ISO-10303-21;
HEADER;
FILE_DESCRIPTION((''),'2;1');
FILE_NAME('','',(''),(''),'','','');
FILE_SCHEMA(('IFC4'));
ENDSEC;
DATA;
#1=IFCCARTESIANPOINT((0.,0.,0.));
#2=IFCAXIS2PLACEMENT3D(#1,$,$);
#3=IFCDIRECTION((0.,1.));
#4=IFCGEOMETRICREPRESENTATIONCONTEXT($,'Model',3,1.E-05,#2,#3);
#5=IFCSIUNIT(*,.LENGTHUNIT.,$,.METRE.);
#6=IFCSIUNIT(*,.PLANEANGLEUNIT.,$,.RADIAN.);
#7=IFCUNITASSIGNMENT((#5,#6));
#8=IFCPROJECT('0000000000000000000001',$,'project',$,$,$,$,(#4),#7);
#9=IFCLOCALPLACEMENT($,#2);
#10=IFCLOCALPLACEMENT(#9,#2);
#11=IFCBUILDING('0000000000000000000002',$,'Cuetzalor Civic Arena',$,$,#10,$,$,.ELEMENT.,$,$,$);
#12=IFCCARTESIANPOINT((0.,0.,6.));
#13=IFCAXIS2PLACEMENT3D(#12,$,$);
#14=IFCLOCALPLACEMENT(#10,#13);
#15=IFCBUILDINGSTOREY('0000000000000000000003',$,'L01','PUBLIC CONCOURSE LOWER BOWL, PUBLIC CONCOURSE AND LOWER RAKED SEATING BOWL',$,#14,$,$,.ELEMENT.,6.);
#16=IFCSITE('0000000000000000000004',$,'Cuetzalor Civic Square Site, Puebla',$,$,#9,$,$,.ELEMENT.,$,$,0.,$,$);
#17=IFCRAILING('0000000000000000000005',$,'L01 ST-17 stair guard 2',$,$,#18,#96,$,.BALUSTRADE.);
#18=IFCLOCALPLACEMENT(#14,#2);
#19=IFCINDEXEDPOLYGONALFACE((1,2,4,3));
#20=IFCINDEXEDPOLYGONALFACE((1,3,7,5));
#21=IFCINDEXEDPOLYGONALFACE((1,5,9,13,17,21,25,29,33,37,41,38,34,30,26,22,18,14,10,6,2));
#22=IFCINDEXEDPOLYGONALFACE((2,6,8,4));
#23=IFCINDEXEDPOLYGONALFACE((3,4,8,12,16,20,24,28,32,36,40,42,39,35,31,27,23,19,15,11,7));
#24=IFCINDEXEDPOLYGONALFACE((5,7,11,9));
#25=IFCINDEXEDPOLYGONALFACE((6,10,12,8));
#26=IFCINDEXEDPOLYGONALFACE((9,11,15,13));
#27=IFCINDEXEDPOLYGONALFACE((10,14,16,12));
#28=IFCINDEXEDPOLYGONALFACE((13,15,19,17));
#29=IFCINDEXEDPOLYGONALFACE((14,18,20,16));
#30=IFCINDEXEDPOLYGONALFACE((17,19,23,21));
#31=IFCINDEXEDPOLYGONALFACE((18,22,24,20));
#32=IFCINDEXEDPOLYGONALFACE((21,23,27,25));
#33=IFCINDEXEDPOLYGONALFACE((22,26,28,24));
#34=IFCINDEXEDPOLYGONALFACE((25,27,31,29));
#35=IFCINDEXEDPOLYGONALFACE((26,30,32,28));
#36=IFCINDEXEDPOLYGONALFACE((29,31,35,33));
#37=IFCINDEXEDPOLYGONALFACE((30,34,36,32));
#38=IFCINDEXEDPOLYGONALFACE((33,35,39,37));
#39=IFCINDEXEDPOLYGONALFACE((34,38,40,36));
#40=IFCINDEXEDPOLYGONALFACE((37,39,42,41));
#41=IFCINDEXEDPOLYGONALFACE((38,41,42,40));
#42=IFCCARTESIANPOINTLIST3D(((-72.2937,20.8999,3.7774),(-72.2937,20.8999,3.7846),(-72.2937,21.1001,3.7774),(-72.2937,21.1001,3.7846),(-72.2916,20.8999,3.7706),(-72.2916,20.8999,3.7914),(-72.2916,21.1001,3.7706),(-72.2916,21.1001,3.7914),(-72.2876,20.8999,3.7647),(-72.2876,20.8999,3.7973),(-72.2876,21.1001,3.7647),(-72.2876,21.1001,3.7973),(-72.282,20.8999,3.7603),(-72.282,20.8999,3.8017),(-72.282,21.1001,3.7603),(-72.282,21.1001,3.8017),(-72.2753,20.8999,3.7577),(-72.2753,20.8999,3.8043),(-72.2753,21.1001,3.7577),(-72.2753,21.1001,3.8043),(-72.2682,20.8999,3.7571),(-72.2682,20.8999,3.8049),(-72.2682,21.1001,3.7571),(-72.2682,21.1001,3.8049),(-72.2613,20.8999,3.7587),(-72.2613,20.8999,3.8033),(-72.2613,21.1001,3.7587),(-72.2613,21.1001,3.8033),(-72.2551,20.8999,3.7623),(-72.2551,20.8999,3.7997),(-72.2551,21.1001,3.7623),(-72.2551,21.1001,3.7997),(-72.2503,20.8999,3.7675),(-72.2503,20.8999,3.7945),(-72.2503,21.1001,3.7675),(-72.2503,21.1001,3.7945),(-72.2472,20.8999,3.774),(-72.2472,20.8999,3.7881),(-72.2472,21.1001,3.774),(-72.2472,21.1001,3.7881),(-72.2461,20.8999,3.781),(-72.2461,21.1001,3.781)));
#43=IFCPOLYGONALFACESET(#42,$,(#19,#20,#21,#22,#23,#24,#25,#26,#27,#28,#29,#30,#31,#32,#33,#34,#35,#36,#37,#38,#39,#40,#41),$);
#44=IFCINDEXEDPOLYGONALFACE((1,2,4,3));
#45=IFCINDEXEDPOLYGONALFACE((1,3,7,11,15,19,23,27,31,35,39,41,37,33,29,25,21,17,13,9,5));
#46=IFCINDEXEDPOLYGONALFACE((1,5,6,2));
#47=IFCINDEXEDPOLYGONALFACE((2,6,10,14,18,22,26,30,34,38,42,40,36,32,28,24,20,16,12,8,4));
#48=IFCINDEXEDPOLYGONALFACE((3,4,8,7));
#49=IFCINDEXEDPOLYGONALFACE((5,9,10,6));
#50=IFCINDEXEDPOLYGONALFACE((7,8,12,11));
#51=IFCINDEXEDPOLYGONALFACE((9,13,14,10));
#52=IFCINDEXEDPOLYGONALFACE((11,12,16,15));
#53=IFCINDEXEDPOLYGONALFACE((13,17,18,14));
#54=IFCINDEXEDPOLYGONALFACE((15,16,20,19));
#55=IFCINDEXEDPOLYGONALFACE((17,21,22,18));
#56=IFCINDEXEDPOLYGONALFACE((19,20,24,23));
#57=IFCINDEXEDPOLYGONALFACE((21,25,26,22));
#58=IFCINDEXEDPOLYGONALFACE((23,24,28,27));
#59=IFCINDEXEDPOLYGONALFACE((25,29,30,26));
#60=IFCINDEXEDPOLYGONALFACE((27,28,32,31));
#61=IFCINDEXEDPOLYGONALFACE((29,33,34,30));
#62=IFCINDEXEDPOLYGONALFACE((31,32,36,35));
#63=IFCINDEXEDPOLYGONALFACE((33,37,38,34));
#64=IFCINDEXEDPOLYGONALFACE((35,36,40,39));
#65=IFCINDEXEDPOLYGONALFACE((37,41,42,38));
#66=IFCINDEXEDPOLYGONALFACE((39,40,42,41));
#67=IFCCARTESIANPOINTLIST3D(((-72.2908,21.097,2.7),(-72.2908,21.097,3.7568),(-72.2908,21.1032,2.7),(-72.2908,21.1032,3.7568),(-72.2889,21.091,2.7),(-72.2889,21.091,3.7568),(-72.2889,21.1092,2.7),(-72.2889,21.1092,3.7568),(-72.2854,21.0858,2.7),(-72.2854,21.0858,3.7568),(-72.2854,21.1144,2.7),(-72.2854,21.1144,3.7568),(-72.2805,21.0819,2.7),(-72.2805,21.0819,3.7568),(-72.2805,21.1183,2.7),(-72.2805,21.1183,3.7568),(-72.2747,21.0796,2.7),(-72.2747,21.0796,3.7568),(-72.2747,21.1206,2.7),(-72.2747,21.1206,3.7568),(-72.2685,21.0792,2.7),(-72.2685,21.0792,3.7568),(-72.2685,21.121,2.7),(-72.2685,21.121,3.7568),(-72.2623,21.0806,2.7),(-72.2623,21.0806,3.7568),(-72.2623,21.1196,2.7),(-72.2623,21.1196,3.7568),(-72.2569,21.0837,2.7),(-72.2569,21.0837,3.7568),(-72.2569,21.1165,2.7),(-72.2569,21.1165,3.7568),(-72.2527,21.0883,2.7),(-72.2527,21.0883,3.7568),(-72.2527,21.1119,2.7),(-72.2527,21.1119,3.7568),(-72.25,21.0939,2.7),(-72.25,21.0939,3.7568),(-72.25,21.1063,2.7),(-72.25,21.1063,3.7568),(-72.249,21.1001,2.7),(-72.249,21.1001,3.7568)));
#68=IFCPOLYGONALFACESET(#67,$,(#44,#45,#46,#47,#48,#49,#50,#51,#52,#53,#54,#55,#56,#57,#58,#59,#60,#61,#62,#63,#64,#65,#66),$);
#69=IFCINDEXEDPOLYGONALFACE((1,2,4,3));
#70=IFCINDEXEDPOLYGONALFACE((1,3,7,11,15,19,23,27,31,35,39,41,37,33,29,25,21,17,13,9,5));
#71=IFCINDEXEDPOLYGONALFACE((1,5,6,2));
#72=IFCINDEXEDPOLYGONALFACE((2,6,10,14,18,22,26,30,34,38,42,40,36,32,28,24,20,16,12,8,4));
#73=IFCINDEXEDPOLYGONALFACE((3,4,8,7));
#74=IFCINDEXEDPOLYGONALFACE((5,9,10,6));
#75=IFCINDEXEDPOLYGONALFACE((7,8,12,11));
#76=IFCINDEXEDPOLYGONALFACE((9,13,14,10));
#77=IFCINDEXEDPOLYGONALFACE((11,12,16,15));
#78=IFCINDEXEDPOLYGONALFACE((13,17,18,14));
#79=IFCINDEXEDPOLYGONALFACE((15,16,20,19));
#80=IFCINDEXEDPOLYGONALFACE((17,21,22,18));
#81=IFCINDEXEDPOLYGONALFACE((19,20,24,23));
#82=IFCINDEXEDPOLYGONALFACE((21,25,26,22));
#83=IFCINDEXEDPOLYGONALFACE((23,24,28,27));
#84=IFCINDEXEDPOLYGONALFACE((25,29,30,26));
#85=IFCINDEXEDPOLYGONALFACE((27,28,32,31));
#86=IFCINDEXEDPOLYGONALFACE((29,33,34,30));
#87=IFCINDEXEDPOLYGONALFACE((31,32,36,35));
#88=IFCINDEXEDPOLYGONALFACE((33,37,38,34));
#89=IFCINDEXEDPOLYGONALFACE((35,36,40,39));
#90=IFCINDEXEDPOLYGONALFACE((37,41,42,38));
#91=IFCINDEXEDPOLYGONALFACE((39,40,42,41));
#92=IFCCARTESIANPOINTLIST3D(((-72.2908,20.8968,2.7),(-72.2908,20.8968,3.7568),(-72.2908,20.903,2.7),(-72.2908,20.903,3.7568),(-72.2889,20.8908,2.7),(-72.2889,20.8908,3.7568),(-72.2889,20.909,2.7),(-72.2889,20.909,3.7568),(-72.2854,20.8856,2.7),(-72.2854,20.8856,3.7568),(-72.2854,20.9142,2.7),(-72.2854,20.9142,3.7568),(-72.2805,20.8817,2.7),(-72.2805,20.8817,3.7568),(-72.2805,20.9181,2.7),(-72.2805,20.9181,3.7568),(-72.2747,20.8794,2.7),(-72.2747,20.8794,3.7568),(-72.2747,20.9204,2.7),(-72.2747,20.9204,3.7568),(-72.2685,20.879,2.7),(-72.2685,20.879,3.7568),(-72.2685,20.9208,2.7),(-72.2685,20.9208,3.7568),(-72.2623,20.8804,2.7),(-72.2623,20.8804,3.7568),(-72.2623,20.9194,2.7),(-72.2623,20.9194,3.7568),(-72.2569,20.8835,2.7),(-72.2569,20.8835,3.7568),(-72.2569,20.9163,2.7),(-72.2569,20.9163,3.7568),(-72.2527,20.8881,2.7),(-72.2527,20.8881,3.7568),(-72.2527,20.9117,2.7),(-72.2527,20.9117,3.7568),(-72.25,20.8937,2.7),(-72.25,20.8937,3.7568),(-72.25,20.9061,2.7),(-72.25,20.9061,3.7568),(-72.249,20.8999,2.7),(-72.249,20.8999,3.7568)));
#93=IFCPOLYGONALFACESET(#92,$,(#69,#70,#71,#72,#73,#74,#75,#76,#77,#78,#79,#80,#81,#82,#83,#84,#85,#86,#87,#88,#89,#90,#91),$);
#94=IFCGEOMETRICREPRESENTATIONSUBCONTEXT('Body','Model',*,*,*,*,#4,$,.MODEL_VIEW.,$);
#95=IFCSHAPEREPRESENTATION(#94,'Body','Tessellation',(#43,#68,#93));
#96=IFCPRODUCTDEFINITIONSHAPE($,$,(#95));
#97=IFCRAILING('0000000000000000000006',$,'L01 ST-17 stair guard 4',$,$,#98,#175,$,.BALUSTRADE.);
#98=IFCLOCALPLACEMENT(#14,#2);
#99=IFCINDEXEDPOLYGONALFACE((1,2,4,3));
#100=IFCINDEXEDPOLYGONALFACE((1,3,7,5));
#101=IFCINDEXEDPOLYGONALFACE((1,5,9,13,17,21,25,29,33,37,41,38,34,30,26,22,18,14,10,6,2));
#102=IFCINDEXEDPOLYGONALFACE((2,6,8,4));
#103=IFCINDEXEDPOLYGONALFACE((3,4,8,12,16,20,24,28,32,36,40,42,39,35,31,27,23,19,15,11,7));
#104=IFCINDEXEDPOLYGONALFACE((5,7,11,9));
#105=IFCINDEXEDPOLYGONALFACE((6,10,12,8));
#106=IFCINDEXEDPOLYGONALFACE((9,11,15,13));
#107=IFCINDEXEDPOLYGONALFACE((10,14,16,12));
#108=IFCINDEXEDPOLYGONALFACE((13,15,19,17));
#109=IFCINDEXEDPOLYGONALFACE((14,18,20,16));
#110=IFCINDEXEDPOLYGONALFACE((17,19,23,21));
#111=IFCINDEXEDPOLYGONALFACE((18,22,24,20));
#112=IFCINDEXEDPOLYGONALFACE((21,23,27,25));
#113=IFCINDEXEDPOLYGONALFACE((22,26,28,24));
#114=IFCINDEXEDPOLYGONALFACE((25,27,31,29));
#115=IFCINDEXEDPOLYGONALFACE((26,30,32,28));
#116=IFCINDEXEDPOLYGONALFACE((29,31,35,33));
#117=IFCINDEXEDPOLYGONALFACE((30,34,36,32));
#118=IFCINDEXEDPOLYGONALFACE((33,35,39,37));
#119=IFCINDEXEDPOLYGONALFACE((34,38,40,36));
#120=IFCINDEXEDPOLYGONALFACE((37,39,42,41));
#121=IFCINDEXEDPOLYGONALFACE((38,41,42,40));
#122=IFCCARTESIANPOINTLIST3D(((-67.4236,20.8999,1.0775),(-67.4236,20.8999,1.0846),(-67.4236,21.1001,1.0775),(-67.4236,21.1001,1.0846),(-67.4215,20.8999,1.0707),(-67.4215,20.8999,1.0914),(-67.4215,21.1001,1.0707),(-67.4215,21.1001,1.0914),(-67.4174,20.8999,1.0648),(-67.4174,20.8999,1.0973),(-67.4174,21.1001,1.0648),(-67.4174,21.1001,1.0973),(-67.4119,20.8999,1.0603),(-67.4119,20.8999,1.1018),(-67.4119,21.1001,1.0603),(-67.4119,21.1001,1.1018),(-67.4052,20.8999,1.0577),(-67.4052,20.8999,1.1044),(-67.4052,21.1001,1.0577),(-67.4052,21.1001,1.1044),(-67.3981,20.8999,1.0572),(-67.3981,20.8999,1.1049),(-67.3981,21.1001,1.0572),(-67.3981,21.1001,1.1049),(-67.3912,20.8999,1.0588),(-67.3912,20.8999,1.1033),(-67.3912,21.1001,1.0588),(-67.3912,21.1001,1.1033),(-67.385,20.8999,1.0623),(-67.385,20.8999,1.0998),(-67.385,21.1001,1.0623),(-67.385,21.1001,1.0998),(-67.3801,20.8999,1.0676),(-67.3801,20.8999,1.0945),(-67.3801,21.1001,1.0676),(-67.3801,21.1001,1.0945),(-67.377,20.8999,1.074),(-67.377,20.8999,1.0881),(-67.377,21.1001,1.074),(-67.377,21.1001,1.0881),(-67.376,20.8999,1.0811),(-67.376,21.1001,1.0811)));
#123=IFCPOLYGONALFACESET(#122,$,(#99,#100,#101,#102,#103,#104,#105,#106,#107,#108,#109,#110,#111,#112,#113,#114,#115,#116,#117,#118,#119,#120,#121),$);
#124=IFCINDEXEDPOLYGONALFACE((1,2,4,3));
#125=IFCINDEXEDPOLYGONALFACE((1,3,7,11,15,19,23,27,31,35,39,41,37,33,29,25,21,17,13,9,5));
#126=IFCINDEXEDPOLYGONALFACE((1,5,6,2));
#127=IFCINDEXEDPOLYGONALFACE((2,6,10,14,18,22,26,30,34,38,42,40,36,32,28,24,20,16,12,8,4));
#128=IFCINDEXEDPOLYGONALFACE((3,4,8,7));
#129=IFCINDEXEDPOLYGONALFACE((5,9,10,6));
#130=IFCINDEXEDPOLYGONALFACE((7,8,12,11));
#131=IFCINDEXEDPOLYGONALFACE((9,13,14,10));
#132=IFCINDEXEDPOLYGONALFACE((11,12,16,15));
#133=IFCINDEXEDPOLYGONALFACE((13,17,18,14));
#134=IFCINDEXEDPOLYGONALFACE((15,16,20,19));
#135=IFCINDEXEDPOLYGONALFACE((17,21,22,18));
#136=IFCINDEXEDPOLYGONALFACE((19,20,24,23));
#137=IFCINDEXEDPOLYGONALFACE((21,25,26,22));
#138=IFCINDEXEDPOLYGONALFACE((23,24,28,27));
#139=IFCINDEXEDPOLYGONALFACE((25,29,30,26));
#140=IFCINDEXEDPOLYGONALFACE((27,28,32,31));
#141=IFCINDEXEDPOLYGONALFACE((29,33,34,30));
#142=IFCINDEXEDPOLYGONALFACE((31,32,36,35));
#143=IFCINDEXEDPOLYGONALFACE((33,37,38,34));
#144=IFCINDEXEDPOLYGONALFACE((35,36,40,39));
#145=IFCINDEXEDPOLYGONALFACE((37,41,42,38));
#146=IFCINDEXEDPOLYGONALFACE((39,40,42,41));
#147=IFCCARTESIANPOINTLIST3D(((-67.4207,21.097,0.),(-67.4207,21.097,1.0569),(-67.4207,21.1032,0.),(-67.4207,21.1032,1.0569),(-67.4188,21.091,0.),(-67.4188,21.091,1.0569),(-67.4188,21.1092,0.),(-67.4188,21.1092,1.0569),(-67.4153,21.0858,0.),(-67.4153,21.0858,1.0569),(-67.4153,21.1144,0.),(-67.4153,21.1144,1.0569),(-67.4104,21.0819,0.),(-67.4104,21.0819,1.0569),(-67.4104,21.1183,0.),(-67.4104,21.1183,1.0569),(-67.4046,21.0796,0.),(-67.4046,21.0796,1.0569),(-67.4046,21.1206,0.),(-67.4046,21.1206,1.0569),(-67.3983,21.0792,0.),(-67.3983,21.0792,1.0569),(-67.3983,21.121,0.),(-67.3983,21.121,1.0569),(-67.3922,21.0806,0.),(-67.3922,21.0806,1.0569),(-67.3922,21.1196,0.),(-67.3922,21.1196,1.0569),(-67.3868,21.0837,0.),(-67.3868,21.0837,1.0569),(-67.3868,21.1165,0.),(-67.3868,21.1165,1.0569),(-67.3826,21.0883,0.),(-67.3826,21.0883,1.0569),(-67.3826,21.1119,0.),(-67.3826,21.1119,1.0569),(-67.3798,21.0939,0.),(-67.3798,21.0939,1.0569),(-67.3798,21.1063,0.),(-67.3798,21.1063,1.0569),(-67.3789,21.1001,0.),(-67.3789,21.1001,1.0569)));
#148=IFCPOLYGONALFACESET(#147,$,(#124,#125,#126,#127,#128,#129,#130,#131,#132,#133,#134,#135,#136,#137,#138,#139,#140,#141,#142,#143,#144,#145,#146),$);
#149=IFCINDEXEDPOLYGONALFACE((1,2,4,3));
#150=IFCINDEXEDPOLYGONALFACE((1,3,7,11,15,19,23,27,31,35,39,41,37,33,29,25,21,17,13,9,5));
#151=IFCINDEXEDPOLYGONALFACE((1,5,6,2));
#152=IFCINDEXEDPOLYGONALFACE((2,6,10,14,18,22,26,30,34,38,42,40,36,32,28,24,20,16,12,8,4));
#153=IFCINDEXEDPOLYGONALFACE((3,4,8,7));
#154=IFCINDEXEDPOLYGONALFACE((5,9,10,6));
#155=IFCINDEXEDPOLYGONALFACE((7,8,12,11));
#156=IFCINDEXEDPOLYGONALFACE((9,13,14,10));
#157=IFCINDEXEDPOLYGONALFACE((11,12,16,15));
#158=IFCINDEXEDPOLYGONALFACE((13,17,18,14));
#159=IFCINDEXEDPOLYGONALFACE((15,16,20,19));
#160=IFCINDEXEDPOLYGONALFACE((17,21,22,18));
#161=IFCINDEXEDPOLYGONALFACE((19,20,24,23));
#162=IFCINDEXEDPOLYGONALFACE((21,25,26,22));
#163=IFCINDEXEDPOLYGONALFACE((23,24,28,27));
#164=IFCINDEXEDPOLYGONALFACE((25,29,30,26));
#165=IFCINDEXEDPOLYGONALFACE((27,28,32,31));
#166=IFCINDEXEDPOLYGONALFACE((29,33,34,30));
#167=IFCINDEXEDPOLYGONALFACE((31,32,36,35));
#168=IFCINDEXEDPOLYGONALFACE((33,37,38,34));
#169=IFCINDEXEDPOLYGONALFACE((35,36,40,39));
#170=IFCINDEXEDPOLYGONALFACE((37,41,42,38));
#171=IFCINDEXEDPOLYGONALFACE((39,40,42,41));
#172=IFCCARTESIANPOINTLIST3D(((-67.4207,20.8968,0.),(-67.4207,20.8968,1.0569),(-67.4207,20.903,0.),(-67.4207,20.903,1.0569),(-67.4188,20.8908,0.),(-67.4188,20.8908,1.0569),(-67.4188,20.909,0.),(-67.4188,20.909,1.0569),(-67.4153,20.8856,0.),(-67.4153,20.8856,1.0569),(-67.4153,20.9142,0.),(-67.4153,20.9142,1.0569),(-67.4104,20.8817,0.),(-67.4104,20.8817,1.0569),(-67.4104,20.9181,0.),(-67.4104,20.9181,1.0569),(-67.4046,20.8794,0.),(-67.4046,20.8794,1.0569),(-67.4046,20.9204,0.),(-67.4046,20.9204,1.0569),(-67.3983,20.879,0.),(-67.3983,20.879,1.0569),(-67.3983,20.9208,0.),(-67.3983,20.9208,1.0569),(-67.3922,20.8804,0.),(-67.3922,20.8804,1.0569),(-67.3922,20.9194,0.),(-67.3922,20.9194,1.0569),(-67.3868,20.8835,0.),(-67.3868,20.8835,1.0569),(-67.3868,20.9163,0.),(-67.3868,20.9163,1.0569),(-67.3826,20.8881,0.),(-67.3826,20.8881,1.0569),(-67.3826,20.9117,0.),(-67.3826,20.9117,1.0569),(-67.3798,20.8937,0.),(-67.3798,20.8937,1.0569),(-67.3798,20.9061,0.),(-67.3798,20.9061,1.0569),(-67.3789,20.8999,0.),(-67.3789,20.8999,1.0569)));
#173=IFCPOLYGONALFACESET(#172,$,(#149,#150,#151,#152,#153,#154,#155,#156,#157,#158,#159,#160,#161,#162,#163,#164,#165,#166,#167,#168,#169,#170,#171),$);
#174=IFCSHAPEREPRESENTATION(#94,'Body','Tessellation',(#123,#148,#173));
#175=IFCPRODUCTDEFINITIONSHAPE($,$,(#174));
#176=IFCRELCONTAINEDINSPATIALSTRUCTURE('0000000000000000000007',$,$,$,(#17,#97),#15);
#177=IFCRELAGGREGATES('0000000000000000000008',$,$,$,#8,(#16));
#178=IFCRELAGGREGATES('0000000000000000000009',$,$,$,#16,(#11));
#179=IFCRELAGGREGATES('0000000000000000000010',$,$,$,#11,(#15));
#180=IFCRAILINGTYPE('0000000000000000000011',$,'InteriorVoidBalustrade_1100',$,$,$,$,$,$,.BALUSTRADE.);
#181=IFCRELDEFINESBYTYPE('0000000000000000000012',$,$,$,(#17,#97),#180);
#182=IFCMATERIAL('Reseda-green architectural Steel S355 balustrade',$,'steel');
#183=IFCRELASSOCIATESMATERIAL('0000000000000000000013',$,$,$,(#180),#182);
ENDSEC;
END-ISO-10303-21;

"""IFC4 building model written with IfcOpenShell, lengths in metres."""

from ifc_helpers import new_model, si_unit, direction, frame, origin, origin_2d, place, context, subcontext, project, spatial, circle, extrude, material, type_object, element, save


model = new_model("IFC4")

# Units and contexts
model_context = context("Model", 3, precision=1e-05, world=origin(), true_north=direction((0.0, 1.0)))
body_context = subcontext(model_context, "Body", "Model", "MODEL_VIEW")
ifc_project = project(units=[si_unit("LENGTHUNIT", "METRE"), si_unit("PLANEANGLEUNIT", "RADIAN")], contexts=[model_context])

# Site, building, storey
site_placement = place(None, origin())
site = spatial("IfcSite", under=ifc_project, at=site_placement, Name="Cuetzalor Civic Square Site, Puebla", CompositionType="ELEMENT", RefElevation=0.0)
building_placement = place(site_placement, origin())
building = spatial("IfcBuilding", under=site, at=building_placement, Name="Cuetzalor Civic Arena", CompositionType="ELEMENT")
storey_placement = place(building_placement, frame((0.0, 0.0, 6.0)))
storey = spatial("IfcBuildingStorey", under=building, at=storey_placement, Name="L01", Description="PUBLIC CONCOURSE LOWER BOWL, PUBLIC CONCOURSE AND LOWER RAKED SEATING BOWL", CompositionType="ELEMENT", Elevation=6.0)

# Railings
ifc_material_1 = material(Name="Reseda-green architectural Steel S355 balustrade", Category="steel")
railing_type_1 = type_object("IfcRailingType", Name="InteriorVoidBalustrade_1100", PredefinedType="BALUSTRADE", material=ifc_material_1)
for number, where, name in (
    (1, (-72.27, 21.1001, 2.7), "L01 ST-17 stair guard 2"),
    (2, (-67.3999, 21.1001, 0.0), "L01 ST-17 stair guard 4"),
):
    element("IfcRailing", number, at=place(storey_placement, frame(where)), inside=storey, type_object=railing_type_1, Name=name, PredefinedType="BALUSTRADE", context=body_context, shape_type="SweptSolid", body=[
        extrude(circle(Radius=0.0239, at=origin_2d()), frame((0.0, 0.0, 1.0811), z_axis=(0.0, -1.0, 0.0), x_axis=(1.0, 0.0, 0.0)), (0.0, 0.0, 1.0), 0.2002),
        extrude(circle(Radius=0.021, at=origin_2d()), origin(), (0.0, 0.0, 1.0), 1.0569),
        extrude(circle(Radius=0.021, at=origin_2d()), frame((0.0, -0.2002, 0.0)), (0.0, 0.0, 1.0), 1.0569),
    ])

save(model, "model.ifc")
